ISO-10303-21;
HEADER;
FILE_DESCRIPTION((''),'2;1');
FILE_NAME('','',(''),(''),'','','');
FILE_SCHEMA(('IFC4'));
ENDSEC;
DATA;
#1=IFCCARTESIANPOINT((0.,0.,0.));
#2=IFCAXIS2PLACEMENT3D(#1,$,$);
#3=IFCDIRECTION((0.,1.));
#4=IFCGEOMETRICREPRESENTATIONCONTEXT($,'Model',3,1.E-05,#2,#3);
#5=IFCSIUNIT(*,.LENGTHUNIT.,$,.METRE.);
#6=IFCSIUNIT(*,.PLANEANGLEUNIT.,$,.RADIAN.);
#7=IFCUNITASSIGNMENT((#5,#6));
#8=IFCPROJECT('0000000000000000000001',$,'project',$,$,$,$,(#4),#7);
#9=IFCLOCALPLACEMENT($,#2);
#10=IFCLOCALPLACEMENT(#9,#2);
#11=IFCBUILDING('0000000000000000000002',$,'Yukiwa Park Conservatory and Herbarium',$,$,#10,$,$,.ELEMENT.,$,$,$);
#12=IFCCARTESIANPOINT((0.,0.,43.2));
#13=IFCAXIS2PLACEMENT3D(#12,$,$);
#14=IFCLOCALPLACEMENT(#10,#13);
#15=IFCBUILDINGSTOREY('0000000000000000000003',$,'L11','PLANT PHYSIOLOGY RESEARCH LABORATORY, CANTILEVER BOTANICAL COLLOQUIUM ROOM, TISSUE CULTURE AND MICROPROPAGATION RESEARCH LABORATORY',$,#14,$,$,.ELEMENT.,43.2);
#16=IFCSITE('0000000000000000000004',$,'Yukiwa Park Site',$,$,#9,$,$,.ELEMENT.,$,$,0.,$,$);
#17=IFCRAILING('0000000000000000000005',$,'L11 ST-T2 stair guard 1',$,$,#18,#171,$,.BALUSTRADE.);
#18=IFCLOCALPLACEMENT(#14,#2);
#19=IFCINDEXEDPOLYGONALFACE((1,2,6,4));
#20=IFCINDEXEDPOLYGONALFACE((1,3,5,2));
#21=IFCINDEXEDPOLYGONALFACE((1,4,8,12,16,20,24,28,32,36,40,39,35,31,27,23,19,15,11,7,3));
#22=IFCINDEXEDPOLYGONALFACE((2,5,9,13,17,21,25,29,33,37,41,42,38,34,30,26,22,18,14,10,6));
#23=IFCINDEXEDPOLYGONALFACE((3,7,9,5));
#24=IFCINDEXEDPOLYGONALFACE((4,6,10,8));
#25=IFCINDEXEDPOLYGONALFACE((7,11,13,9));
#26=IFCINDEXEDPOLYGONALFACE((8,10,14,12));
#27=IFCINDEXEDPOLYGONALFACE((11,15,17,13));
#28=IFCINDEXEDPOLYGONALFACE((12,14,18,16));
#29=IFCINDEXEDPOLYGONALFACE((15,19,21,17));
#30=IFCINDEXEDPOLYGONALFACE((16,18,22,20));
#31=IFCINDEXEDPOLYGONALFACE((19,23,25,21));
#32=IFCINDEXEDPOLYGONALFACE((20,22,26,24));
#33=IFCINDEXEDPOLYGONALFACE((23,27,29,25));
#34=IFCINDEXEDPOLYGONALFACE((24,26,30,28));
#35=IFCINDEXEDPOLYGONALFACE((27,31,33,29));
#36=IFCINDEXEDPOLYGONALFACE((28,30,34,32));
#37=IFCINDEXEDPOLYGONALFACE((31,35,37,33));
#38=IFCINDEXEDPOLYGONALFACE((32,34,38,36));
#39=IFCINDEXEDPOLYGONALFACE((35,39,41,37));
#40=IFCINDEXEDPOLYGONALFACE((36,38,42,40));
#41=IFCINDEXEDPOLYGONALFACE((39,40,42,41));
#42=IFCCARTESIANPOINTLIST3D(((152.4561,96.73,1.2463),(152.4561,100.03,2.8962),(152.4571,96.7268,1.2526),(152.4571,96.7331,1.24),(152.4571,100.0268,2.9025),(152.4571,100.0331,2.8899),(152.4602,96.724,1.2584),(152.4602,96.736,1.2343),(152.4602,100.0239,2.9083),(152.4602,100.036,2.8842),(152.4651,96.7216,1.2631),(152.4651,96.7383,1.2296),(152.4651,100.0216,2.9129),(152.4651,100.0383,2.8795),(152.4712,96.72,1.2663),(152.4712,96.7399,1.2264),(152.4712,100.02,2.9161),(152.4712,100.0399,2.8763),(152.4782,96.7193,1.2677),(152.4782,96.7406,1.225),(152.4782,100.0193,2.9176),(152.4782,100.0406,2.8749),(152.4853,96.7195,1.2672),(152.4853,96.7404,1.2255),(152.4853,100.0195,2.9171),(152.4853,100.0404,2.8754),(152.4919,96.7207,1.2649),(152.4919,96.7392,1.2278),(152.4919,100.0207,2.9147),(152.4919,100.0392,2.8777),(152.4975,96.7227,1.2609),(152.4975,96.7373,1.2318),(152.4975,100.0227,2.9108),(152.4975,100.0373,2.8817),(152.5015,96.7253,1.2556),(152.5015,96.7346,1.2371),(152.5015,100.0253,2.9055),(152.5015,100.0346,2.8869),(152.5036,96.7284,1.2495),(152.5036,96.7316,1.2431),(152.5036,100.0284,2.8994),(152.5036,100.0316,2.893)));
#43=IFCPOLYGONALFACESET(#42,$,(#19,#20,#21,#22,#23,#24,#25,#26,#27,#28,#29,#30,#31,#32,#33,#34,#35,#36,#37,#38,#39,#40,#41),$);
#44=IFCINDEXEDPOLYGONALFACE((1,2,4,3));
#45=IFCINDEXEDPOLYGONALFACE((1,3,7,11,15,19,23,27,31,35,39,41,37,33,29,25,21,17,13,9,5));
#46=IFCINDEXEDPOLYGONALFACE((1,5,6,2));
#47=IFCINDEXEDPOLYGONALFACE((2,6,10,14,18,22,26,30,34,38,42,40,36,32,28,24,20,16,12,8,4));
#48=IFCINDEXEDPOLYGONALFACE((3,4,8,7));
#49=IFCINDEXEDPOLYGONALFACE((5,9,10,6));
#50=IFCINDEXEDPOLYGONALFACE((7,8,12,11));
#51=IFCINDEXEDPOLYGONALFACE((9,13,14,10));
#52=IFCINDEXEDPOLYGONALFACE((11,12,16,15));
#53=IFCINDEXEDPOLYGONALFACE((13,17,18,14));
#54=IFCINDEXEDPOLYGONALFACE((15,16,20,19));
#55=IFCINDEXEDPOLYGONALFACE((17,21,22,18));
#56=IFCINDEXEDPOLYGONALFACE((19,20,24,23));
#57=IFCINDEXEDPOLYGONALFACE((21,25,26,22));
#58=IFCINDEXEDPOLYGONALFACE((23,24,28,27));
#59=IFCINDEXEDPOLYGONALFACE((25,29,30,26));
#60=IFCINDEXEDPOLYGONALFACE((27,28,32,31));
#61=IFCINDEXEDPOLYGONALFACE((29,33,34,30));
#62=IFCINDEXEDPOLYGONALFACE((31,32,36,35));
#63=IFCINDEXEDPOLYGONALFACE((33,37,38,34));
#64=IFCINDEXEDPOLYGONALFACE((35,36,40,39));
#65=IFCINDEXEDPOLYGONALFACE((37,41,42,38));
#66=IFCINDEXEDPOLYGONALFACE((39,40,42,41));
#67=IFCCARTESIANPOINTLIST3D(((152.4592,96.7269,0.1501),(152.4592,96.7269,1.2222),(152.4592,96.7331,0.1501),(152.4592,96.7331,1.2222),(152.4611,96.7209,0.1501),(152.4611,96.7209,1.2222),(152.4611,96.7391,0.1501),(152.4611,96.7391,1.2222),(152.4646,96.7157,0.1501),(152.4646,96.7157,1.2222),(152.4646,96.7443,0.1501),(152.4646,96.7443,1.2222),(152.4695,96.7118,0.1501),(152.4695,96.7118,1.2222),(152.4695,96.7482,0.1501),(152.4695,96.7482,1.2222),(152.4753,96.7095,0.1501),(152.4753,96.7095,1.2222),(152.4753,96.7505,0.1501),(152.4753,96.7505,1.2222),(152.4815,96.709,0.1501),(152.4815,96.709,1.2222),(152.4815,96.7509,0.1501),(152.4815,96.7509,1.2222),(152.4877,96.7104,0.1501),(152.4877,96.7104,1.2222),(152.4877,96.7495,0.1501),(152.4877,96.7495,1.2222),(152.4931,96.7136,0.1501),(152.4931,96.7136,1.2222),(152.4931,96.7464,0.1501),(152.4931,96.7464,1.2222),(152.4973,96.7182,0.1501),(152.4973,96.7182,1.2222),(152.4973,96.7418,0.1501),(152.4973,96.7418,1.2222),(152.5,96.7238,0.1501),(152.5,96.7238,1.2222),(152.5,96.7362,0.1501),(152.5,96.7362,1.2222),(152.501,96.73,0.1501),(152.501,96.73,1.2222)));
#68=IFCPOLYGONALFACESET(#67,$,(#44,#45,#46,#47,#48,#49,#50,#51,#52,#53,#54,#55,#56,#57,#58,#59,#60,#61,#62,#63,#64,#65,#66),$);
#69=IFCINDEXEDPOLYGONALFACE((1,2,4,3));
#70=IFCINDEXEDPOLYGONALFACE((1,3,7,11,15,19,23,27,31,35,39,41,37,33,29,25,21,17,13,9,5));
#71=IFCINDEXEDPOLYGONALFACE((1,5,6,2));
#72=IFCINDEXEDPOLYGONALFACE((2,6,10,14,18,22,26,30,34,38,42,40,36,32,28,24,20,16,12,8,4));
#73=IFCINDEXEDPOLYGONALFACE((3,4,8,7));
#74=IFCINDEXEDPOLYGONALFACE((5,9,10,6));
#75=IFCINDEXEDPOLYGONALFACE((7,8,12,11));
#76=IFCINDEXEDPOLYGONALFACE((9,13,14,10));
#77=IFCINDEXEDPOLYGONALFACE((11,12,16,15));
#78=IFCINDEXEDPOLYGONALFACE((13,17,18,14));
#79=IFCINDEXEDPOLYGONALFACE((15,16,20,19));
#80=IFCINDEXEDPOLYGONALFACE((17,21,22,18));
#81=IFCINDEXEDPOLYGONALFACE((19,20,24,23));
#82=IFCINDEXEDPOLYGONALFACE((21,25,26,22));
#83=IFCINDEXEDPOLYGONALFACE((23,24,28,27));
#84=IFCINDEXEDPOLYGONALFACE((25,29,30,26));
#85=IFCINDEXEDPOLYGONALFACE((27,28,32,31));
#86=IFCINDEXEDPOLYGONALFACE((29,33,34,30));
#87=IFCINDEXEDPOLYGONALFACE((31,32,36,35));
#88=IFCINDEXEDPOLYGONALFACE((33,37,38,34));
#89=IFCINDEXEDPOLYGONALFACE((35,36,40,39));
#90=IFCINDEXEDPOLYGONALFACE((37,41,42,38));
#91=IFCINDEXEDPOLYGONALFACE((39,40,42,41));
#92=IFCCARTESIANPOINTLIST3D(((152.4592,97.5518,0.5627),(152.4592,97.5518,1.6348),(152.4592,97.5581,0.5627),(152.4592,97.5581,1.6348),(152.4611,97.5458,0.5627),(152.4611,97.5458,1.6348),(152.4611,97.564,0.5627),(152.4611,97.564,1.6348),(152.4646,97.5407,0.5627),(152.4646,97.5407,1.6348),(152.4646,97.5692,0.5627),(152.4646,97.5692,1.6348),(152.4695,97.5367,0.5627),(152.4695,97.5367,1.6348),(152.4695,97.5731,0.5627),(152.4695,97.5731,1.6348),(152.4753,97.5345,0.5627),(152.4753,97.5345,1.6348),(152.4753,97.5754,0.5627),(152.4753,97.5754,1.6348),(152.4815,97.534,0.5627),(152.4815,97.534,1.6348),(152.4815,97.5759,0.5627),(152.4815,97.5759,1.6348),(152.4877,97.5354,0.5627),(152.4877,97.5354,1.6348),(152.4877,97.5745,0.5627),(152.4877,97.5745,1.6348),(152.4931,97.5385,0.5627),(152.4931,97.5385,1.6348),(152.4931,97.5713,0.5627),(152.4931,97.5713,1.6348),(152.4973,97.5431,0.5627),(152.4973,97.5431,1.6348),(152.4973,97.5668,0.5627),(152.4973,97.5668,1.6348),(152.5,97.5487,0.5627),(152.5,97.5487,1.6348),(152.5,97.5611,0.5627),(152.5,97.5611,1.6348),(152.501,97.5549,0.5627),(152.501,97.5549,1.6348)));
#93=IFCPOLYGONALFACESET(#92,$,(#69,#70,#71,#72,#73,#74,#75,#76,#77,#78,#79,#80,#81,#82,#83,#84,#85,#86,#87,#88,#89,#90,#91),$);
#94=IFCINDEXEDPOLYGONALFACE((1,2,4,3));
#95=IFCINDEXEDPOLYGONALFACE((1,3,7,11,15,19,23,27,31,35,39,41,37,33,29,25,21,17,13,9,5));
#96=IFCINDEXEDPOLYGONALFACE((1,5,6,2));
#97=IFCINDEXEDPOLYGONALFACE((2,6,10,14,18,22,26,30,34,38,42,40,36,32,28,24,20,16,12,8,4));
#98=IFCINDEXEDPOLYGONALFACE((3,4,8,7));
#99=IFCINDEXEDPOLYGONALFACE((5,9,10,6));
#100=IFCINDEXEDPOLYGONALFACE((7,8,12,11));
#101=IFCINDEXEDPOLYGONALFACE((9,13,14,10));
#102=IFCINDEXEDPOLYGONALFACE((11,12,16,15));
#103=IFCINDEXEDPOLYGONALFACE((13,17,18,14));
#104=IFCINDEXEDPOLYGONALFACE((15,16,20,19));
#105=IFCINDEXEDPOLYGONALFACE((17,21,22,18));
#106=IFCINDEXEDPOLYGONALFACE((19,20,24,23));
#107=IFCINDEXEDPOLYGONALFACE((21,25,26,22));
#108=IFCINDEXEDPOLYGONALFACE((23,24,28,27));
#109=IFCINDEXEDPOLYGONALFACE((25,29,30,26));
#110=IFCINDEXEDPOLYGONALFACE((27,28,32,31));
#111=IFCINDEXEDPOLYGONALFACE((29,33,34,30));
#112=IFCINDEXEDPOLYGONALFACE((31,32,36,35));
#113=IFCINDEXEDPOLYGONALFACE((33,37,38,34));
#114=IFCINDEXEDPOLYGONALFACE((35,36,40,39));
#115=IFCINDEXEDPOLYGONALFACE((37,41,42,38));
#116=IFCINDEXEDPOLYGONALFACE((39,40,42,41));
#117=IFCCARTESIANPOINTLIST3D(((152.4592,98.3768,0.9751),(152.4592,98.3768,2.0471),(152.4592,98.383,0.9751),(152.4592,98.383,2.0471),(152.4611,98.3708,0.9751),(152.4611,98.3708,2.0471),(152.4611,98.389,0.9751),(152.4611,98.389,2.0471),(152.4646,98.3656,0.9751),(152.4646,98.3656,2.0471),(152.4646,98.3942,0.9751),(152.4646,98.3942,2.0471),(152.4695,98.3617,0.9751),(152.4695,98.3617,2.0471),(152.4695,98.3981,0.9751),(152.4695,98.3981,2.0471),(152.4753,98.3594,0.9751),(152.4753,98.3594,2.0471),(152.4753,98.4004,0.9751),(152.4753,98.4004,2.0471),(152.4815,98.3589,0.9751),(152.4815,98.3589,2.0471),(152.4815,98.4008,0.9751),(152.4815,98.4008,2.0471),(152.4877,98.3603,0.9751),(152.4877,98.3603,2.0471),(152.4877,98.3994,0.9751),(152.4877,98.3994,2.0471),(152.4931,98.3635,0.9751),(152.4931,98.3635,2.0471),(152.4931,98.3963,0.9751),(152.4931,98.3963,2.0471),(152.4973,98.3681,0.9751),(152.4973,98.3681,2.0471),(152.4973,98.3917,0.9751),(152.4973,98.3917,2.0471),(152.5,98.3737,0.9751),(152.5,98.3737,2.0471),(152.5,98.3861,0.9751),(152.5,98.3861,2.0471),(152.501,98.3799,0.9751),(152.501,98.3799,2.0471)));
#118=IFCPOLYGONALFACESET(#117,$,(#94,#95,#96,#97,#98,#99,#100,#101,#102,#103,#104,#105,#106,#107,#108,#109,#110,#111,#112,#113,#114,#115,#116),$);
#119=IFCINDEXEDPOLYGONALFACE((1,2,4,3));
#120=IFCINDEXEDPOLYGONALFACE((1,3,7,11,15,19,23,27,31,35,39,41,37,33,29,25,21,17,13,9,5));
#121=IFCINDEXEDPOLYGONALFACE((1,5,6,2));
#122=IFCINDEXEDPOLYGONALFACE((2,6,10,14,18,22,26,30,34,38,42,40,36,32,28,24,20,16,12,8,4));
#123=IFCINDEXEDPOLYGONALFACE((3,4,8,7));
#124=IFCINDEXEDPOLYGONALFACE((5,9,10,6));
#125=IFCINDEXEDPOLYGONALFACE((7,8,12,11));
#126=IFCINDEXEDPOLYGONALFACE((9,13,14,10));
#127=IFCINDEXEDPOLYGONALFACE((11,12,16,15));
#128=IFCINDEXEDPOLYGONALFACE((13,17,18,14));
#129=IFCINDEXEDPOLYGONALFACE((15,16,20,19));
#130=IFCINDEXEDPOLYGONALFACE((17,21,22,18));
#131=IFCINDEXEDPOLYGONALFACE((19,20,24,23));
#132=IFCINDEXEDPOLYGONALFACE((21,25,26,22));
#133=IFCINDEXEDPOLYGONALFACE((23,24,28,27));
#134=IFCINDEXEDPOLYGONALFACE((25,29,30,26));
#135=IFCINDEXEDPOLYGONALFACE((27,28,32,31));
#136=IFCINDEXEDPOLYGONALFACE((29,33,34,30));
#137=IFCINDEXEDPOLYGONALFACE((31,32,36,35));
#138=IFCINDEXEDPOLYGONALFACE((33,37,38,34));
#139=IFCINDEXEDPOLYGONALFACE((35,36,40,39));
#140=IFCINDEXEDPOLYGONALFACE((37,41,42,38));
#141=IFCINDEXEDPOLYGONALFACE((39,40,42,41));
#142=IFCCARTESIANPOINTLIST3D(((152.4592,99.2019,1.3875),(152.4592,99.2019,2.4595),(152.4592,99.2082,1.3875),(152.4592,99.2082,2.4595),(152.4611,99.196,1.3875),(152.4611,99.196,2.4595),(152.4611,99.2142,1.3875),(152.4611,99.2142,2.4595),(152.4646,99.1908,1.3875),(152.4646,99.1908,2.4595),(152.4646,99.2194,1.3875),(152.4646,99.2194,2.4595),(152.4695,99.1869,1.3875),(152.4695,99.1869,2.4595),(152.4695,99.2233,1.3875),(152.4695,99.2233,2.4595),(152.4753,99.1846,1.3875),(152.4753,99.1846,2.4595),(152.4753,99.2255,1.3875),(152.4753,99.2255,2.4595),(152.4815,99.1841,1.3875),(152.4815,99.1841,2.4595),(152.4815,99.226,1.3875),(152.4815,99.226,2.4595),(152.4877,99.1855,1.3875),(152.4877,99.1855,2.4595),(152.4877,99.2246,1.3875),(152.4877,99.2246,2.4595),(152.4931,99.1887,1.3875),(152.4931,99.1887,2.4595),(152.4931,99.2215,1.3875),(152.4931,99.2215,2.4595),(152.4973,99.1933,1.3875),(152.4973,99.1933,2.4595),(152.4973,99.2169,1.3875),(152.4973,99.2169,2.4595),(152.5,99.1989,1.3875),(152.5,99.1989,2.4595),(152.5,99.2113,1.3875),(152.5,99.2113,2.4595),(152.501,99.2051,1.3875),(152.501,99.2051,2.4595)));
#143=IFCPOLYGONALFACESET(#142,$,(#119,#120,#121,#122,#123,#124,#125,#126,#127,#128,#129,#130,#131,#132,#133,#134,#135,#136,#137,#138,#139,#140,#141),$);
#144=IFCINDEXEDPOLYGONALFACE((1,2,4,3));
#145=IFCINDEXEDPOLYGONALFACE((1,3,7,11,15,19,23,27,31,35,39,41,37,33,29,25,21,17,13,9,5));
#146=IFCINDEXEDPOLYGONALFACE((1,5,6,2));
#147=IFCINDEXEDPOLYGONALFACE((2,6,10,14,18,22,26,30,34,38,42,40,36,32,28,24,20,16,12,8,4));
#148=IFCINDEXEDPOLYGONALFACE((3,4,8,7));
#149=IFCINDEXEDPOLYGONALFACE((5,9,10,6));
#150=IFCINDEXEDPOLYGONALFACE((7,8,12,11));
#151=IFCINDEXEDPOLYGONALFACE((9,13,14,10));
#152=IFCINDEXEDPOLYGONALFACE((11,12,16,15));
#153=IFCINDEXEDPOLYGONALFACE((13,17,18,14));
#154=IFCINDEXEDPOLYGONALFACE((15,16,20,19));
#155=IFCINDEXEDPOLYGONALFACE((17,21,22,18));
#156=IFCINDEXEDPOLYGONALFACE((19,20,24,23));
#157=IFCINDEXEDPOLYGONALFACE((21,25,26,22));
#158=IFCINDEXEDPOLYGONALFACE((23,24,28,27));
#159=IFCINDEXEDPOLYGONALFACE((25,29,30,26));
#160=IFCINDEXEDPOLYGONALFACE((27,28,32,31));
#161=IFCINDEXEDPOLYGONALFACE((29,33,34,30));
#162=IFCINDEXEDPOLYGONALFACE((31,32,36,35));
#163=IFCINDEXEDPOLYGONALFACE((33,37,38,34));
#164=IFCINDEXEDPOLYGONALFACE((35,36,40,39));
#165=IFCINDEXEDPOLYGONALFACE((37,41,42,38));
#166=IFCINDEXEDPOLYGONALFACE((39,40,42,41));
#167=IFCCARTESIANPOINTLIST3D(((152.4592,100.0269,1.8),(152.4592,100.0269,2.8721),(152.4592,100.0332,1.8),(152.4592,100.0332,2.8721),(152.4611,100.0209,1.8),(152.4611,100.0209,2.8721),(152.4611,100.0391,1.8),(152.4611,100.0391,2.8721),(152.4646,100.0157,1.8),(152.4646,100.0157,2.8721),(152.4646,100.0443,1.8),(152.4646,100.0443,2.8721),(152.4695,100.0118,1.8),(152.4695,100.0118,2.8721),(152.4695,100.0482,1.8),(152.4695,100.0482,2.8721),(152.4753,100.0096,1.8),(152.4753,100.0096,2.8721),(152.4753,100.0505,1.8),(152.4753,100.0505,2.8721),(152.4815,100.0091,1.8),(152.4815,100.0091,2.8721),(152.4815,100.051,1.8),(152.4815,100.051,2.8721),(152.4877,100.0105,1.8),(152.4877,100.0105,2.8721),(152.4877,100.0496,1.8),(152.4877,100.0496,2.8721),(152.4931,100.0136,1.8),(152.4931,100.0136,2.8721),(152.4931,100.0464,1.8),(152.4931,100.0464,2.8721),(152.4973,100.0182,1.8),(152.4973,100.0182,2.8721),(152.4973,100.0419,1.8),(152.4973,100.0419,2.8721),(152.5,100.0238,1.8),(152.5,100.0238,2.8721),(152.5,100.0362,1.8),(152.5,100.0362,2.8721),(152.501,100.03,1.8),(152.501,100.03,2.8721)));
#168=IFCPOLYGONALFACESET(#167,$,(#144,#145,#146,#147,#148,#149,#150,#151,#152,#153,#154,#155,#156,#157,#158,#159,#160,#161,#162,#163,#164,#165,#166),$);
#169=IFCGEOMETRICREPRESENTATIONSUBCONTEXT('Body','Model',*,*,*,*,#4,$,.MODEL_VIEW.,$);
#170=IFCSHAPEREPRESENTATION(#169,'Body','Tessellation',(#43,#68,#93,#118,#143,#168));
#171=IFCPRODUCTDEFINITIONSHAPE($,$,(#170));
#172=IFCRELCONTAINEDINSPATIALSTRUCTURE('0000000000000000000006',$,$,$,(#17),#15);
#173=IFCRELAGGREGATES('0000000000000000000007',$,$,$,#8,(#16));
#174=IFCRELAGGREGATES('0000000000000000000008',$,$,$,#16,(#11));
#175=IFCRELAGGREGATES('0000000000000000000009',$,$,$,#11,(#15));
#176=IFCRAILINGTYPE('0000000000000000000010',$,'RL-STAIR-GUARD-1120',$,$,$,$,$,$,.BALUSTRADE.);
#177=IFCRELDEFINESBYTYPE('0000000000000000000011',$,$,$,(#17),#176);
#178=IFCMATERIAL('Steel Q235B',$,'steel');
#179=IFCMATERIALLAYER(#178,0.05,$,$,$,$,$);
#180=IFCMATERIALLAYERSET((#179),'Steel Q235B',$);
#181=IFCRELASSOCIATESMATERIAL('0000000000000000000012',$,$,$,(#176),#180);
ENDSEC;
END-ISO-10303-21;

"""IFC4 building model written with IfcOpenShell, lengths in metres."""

from ifc_helpers import new_model, si_unit, direction, frame, origin, origin_2d, place, context, subcontext, project, spatial, circle, extrude, material, layer, layer_set, type_object, element, save


model = new_model("IFC4")

# Units and contexts
model_context = context("Model", 3, precision=1e-05, world=origin(), true_north=direction((0.0, 1.0)))
body_context = subcontext(model_context, "Body", "Model", "MODEL_VIEW")
ifc_project = project(units=[si_unit("LENGTHUNIT", "METRE"), si_unit("PLANEANGLEUNIT", "RADIAN")], contexts=[model_context])

# Site, building, storey
site_placement = place(None, origin())
site = spatial("IfcSite", under=ifc_project, at=site_placement, Name="Yukiwa Park Site", CompositionType="ELEMENT", RefElevation=0.0)
building_placement = place(site_placement, origin())
building = spatial("IfcBuilding", under=site, at=building_placement, Name="Yukiwa Park Conservatory and Herbarium", CompositionType="ELEMENT")
storey_placement = place(building_placement, frame((0.0, 0.0, 43.2)))
storey = spatial("IfcBuildingStorey", under=building, at=storey_placement, Name="L11", Description="PLANT PHYSIOLOGY RESEARCH LABORATORY, CANTILEVER BOTANICAL COLLOQUIUM ROOM, TISSUE CULTURE AND MICROPROPAGATION RESEARCH LABORATORY", CompositionType="ELEMENT", Elevation=43.2)

# Railing
ifc_material_1 = material(Name="Steel Q235B", Category="steel")
ifc_layer_1 = layer(ifc_material_1, 0.05)
ifc_layer_set_1 = layer_set([ifc_layer_1], Name="Steel Q235B")
railing_type_1 = type_object("IfcRailingType", Name="RL-STAIR-GUARD-1120", PredefinedType="BALUSTRADE", material=ifc_layer_set_1)
railing_1_placement = place(storey_placement, frame((152.48, 96.73, 0.1501)))
element("IfcRailing", 1, at=railing_1_placement, inside=storey, type_object=railing_type_1, Name="L11 ST-T2 stair guard 1", PredefinedType="BALUSTRADE", context=body_context, shape_type="SweptSolid", body=[
    extrude(circle(Radius=0.0239, at=origin_2d()), frame((0.0, 0.0, 1.0962), z_axis=(0.0, 0.89444, 0.447187), x_axis=(-1.0, 0.0, 0.0)), (0.0, 0.0, 1.0), 3.6895),
    extrude(circle(Radius=0.021, at=origin_2d()), origin(), (0.0, 0.0, 1.0), 1.072),
    extrude(circle(Radius=0.021, at=origin_2d()), frame((0.0, 0.825, 0.4126)), (0.0, 0.0, 1.0), 1.072),
    extrude(circle(Radius=0.021, at=origin_2d()), frame((0.0, 1.6499, 0.825)), (0.0, 0.0, 1.0), 1.072),
    extrude(circle(Radius=0.021, at=origin_2d()), frame((0.0, 2.4751, 1.2373)), (0.0, 0.0, 1.0), 1.072),
    extrude(circle(Radius=0.021, at=origin_2d()), frame((0.0, 3.3, 1.6499)), (0.0, 0.0, 1.0), 1.072),
])

save(model, "model.ifc")
